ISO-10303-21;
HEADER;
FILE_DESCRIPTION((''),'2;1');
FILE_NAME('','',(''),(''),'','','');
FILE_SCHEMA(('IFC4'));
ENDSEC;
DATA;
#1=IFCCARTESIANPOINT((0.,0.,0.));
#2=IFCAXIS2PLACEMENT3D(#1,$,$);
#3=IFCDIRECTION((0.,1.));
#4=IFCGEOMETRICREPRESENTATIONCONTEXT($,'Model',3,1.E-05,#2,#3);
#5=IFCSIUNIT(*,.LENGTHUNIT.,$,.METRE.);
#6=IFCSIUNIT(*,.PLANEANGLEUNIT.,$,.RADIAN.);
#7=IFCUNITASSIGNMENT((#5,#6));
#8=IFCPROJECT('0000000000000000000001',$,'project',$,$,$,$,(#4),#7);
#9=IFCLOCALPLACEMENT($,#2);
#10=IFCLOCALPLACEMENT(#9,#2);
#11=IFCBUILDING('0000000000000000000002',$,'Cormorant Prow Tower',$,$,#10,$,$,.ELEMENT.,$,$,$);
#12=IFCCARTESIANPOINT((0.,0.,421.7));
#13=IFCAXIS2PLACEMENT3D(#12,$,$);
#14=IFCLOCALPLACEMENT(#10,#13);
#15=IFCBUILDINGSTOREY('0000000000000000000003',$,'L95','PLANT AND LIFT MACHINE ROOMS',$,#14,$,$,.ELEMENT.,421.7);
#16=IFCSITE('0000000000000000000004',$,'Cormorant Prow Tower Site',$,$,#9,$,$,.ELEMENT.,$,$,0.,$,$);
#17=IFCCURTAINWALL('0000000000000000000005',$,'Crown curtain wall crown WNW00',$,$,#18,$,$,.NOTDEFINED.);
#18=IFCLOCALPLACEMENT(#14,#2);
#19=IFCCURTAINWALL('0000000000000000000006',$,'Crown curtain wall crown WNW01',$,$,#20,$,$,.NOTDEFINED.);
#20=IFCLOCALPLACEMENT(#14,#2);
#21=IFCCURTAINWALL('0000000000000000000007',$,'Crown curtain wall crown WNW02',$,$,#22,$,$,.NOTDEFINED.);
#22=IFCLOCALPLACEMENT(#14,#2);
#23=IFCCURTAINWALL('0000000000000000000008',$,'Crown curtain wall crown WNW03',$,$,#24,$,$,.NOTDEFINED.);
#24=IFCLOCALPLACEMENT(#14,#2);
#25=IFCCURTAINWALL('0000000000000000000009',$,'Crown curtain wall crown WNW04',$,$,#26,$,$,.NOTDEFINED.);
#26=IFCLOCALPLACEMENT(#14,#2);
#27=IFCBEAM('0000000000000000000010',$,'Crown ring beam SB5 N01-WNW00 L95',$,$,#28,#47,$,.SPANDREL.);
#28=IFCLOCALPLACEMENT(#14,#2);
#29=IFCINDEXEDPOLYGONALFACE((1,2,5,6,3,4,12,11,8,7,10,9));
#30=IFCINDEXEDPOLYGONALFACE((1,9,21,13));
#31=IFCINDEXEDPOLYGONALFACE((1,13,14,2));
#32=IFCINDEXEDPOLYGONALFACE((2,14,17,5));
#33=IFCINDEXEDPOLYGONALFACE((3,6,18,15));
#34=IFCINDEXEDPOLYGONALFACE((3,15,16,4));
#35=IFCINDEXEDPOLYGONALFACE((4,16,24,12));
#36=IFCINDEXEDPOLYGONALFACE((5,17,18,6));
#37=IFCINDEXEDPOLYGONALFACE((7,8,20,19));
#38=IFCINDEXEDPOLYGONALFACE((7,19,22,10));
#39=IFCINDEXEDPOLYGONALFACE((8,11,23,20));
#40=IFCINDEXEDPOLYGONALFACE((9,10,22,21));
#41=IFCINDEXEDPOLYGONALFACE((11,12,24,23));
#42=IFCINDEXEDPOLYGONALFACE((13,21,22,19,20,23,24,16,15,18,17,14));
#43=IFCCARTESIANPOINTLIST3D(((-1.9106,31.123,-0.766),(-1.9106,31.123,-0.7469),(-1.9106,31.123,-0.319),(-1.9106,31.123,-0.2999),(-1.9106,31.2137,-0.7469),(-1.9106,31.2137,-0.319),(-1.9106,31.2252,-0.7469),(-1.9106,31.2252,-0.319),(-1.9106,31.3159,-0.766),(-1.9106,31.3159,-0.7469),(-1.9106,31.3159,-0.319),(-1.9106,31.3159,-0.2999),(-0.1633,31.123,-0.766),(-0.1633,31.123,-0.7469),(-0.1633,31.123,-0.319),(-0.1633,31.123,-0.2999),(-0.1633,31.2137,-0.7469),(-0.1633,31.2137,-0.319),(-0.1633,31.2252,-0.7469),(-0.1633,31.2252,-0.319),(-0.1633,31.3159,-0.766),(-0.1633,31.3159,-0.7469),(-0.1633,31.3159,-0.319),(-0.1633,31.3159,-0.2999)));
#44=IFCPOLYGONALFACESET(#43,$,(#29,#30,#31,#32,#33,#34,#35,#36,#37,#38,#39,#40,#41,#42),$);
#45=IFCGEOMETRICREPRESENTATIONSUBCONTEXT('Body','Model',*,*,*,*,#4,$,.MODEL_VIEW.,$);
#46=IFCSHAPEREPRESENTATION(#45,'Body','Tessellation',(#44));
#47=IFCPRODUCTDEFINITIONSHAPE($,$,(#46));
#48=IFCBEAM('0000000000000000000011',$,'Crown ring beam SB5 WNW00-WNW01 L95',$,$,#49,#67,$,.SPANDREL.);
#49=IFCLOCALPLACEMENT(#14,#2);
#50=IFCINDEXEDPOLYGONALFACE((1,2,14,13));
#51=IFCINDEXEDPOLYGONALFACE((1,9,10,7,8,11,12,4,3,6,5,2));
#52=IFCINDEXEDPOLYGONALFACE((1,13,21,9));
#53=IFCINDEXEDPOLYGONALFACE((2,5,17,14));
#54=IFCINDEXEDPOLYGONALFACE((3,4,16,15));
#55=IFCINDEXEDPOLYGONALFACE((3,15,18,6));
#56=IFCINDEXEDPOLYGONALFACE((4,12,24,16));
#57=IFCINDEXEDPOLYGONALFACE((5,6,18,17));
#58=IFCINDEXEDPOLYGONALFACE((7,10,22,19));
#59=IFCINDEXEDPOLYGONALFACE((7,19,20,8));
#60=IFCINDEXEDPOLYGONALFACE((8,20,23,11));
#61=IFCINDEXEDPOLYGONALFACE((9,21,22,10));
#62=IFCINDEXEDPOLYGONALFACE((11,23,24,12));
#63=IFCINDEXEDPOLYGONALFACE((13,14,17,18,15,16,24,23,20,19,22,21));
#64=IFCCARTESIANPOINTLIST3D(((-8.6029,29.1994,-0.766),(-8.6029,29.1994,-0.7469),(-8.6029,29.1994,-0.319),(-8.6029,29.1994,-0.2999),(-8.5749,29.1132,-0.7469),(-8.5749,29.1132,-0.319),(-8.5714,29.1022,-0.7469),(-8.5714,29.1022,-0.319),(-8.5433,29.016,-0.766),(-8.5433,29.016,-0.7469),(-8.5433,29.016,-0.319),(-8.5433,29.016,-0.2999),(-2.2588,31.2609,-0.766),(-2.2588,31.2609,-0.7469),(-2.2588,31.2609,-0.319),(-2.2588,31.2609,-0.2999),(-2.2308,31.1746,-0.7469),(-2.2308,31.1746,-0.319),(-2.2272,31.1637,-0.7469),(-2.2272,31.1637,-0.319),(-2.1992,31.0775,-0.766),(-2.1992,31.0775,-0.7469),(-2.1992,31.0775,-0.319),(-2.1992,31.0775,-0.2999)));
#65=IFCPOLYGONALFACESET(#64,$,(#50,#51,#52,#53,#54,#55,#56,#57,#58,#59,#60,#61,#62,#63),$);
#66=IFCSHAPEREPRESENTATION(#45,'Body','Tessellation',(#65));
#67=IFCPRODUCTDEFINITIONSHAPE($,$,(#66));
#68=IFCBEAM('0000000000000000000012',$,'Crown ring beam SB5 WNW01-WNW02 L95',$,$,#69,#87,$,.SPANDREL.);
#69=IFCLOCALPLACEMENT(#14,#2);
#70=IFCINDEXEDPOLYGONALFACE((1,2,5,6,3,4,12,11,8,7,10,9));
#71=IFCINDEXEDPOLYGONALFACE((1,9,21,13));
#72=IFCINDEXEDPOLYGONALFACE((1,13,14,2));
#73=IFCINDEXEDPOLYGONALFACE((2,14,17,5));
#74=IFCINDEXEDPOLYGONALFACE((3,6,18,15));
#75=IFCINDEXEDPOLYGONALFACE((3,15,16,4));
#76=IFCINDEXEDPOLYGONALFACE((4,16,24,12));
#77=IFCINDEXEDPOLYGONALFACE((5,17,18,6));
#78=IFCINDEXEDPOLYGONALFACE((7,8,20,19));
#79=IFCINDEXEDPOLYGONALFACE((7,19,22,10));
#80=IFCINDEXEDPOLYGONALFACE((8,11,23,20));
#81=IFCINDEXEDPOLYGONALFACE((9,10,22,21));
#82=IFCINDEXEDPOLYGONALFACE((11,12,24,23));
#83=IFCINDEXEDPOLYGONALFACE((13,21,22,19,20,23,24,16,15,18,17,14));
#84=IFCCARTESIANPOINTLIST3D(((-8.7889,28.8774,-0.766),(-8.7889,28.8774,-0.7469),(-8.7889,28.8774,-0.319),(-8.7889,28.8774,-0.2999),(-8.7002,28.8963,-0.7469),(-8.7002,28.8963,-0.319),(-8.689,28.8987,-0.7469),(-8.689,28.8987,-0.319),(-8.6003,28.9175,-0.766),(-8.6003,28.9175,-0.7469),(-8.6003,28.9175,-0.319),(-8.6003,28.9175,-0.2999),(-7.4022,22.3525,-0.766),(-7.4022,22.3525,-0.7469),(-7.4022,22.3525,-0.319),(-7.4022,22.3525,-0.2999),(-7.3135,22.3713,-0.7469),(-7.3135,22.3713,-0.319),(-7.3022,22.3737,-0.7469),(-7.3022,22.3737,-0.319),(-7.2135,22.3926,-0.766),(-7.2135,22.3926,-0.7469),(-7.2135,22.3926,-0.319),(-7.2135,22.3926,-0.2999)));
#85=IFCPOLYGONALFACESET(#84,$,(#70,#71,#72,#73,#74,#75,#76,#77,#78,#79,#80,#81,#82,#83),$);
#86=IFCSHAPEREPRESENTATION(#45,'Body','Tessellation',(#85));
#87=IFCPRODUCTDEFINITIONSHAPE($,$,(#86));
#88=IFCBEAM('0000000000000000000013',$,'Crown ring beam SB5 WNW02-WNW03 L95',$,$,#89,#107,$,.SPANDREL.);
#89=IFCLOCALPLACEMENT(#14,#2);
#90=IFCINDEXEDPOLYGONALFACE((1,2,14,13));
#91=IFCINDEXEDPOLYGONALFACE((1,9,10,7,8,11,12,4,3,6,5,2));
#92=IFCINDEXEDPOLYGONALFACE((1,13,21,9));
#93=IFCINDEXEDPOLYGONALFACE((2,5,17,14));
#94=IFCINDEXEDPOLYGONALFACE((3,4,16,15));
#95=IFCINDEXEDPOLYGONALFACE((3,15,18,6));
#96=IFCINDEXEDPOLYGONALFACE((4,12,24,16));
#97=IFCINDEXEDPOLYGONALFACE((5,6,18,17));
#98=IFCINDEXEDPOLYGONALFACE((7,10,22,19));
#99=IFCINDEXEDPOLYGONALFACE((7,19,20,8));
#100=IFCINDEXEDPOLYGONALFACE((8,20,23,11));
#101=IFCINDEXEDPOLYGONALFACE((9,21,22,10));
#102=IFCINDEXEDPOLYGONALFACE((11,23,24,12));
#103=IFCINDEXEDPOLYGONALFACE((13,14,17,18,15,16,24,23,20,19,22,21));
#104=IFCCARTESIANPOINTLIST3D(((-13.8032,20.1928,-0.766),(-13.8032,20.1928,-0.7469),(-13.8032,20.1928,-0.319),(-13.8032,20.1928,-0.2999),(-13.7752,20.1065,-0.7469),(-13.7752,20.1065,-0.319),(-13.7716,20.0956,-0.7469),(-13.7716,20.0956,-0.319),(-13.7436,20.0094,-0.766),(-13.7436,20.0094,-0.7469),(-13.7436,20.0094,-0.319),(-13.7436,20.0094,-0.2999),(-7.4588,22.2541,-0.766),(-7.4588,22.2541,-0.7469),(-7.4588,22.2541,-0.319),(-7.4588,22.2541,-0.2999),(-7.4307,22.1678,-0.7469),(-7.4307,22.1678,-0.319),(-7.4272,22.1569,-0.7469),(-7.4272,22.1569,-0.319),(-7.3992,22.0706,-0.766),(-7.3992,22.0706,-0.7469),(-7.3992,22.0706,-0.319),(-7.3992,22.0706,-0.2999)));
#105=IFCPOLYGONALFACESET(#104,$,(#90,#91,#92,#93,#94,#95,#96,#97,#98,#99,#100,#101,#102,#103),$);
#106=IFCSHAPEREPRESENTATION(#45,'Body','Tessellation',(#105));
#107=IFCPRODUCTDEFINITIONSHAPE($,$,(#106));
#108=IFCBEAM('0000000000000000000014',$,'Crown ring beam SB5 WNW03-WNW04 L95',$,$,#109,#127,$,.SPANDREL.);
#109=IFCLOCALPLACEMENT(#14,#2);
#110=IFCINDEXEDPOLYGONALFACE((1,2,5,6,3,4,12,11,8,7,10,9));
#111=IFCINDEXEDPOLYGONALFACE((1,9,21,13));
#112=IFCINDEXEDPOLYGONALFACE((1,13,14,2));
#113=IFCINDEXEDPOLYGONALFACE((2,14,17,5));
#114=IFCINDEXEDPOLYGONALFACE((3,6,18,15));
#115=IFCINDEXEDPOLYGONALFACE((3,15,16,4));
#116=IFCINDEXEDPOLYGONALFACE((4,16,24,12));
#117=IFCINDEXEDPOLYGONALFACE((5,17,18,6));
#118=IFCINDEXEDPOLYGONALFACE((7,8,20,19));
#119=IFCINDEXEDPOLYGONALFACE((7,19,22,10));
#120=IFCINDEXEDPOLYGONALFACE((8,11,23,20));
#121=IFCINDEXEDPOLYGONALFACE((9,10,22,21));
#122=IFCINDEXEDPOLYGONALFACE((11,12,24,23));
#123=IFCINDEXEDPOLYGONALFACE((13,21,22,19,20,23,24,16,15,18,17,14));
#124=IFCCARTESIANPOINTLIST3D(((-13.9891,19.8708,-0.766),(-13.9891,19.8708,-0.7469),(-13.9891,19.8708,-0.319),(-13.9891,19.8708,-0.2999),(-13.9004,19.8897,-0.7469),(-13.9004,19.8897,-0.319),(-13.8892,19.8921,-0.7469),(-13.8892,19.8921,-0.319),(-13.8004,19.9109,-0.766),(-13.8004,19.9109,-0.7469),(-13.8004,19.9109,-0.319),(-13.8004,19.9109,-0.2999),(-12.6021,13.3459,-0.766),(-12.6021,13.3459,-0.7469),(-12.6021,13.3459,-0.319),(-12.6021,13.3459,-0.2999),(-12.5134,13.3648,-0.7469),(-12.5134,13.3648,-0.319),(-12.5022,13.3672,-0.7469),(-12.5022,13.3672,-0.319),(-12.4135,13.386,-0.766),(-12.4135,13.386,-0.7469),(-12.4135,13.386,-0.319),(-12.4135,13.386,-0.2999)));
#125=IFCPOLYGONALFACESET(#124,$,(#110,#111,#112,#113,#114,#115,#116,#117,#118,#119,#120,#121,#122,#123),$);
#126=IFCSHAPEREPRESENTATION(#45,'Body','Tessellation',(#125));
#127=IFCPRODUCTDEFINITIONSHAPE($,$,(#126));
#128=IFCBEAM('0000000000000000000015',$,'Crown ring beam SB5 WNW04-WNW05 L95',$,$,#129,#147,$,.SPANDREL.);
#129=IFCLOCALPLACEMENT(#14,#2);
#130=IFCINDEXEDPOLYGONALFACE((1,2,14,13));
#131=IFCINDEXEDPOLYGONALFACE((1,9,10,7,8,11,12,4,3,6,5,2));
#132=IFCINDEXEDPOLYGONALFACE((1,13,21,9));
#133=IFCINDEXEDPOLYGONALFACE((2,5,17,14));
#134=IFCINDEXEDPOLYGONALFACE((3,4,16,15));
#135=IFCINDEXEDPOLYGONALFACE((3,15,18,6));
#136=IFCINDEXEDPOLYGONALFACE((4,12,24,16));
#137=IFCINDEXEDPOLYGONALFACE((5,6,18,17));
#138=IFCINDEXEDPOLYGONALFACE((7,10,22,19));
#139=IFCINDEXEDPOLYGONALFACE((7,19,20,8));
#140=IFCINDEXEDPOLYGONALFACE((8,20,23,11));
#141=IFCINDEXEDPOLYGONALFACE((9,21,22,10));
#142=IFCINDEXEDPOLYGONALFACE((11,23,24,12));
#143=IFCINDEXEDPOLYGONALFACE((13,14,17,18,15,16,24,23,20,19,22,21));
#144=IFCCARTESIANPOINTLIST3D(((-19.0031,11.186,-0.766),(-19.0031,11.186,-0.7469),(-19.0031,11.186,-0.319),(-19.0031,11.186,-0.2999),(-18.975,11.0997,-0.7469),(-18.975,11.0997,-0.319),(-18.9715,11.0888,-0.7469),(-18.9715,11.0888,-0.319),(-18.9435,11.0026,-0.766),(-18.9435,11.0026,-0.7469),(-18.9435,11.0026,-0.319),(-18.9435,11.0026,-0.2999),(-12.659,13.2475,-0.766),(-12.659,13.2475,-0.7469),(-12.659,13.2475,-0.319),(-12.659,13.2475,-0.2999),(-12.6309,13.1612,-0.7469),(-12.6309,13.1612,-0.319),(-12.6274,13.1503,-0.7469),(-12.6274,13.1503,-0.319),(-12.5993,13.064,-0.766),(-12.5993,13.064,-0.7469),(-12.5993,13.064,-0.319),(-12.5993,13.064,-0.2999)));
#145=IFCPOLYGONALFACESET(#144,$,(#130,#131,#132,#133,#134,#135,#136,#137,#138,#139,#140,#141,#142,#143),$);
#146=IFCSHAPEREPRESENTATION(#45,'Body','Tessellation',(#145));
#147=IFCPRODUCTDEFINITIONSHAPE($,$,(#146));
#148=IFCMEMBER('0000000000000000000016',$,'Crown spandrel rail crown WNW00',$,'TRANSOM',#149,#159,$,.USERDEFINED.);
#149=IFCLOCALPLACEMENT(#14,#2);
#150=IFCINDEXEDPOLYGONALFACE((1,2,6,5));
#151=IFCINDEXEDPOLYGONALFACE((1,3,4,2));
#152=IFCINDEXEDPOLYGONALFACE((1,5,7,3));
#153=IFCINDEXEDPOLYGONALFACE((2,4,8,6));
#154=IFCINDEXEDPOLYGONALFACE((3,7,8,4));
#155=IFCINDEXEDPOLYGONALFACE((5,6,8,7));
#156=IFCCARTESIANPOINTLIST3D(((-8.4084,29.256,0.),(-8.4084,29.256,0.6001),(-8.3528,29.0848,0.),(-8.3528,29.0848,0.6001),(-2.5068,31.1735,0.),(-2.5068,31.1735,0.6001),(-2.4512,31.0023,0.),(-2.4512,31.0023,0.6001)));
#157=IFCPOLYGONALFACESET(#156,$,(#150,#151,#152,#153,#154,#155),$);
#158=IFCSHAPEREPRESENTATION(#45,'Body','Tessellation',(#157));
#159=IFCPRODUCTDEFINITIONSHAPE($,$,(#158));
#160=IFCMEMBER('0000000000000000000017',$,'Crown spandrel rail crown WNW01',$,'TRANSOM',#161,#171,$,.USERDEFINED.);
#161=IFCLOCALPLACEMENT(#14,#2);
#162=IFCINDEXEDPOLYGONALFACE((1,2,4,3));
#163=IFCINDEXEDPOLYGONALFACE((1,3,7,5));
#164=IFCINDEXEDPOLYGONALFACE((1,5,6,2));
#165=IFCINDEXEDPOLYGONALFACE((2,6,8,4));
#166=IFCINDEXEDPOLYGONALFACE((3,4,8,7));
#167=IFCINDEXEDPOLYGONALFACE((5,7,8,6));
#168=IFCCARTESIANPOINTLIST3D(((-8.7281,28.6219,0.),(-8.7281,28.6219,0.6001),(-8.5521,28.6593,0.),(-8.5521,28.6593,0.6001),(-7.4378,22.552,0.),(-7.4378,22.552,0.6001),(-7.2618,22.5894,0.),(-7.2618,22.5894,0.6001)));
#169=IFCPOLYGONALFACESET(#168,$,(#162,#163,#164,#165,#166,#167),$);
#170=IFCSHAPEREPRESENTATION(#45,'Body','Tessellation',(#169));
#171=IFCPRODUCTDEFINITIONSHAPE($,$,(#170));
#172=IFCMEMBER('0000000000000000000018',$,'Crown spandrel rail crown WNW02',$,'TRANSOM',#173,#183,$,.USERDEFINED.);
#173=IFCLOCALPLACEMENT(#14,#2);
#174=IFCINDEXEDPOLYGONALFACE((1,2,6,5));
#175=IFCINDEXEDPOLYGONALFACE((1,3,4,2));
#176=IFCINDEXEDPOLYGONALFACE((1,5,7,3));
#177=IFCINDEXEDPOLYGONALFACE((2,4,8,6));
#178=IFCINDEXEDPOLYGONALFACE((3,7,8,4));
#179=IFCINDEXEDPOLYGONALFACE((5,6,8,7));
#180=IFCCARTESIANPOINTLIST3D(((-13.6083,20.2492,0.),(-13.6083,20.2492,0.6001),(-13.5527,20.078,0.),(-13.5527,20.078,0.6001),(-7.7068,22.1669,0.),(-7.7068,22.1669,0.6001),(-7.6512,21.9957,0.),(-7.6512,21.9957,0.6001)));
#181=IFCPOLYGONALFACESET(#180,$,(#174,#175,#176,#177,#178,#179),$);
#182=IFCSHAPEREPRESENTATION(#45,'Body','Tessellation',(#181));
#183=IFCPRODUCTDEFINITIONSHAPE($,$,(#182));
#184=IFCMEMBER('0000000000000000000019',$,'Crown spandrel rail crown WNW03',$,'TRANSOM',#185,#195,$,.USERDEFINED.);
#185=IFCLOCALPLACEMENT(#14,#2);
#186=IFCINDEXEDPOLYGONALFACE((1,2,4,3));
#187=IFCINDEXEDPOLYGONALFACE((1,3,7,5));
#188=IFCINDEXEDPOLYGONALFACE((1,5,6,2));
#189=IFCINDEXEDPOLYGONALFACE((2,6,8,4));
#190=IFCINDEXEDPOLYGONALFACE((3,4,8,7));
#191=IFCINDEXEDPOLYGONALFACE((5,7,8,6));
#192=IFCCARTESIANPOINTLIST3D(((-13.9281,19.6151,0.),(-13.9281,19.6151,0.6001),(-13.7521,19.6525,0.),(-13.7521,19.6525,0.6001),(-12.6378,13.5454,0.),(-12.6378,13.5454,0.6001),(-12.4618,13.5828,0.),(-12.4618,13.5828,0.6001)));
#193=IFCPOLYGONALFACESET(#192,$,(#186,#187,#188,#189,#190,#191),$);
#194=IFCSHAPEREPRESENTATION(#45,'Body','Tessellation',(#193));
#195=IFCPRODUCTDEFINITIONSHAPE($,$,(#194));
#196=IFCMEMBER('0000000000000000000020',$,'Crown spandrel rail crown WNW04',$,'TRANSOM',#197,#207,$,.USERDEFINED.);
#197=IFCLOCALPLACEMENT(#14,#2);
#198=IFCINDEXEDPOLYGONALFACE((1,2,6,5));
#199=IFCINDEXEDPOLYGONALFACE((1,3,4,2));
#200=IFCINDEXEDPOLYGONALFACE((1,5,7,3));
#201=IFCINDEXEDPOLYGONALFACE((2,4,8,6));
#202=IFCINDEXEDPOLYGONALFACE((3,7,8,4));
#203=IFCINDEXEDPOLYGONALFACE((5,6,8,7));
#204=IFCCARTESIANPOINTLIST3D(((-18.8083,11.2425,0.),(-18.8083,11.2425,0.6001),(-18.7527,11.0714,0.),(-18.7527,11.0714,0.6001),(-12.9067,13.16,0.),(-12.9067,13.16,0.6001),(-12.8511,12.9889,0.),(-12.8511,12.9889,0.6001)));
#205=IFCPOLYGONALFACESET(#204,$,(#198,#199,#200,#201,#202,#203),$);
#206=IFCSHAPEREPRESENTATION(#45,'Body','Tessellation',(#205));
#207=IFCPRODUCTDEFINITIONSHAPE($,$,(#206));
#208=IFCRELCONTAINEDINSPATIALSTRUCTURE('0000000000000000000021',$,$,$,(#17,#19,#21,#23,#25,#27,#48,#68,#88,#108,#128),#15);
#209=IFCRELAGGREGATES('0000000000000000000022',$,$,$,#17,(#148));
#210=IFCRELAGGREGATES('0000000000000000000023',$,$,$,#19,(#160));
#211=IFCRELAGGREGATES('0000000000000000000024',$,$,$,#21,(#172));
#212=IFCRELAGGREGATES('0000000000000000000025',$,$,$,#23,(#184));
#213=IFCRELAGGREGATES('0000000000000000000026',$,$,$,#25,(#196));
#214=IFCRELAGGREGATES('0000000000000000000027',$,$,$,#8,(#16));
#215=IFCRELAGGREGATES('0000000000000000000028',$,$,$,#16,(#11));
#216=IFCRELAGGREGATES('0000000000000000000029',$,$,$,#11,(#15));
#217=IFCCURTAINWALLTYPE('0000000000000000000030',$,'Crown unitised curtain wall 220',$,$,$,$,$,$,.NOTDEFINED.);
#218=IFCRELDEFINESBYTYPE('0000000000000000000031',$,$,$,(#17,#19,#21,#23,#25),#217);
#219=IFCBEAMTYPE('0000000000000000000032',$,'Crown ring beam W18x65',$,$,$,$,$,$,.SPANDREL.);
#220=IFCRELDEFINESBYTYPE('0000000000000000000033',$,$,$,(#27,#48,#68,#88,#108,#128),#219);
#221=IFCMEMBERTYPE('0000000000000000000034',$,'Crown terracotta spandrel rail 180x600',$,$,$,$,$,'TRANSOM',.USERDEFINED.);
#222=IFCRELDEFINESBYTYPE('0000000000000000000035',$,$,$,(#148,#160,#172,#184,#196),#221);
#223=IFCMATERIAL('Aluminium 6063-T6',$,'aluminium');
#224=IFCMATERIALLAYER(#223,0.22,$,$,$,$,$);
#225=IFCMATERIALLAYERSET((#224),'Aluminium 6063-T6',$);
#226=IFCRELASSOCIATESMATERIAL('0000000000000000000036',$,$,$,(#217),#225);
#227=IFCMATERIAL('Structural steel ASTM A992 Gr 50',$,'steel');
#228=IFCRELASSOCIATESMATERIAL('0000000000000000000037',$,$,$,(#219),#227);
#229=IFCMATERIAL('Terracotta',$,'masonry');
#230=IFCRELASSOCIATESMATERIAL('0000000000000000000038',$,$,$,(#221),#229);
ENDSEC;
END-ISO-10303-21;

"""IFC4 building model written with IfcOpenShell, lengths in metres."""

from ifc_helpers import new_model, si_unit, direction, frame, origin, origin_2d, place, context, subcontext, project, spatial, rectangle, i_section, extrude, material, layer, layer_set, material_profile, profile_set, type_object, element, aggregate, save


model = new_model("IFC4")

# Units and contexts
model_context = context("Model", 3, precision=1e-05, world=origin(), true_north=direction((0.0, 1.0)))
body_context = subcontext(model_context, "Body", "Model", "MODEL_VIEW")
ifc_project = project(units=[si_unit("LENGTHUNIT", "METRE"), si_unit("PLANEANGLEUNIT", "RADIAN")], contexts=[model_context])

# Site, building, storey
site_placement = place(None, origin())
site = spatial("IfcSite", under=ifc_project, at=site_placement, Name="Cormorant Prow Tower Site", CompositionType="ELEMENT", RefElevation=0.0)
building_placement = place(site_placement, origin())
building = spatial("IfcBuilding", under=site, at=building_placement, Name="Cormorant Prow Tower", CompositionType="ELEMENT")
storey_placement = place(building_placement, frame((0.0, 0.0, 421.7)))
storey = spatial("IfcBuildingStorey", under=building, at=storey_placement, Name="L95", Description="PLANT AND LIFT MACHINE ROOMS", CompositionType="ELEMENT", Elevation=421.7)

# Curtain walls
ifc_material_1 = material(Name="Aluminium 6063-T6", Category="aluminium")
ifc_layer_1 = layer(ifc_material_1, 0.22)
ifc_layer_set_1 = layer_set([ifc_layer_1], Name="Aluminium 6063-T6")
curtain_wall_type = type_object("IfcCurtainWallType", Name="Crown unitised curtain wall 220", PredefinedType="NOTDEFINED", material=ifc_layer_set_1)
curtain_wall_1_placement = place(storey_placement, origin())
curtain_wall_1 = element("IfcCurtainWall", 1, at=curtain_wall_1_placement, inside=storey, type_object=curtain_wall_type, Name="Crown curtain wall crown WNW00", PredefinedType="NOTDEFINED")
curtain_wall_2_placement = place(storey_placement, origin())
curtain_wall_2 = element("IfcCurtainWall", 2, at=curtain_wall_2_placement, inside=storey, type_object=curtain_wall_type, Name="Crown curtain wall crown WNW01", PredefinedType="NOTDEFINED")
curtain_wall_3_placement = place(storey_placement, origin())
curtain_wall_3 = element("IfcCurtainWall", 3, at=curtain_wall_3_placement, inside=storey, type_object=curtain_wall_type, Name="Crown curtain wall crown WNW02", PredefinedType="NOTDEFINED")
curtain_wall_4_placement = place(storey_placement, origin())
curtain_wall_4 = element("IfcCurtainWall", 4, at=curtain_wall_4_placement, inside=storey, type_object=curtain_wall_type, Name="Crown curtain wall crown WNW03", PredefinedType="NOTDEFINED")
curtain_wall_5_placement = place(storey_placement, origin())
curtain_wall_5 = element("IfcCurtainWall", 5, at=curtain_wall_5_placement, inside=storey, type_object=curtain_wall_type, Name="Crown curtain wall crown WNW04", PredefinedType="NOTDEFINED")

# Beams
ifc_material_2 = material(Name="Structural steel ASTM A992 Gr 50", Category="steel")
ifc_material_profile_1 = material_profile(ifc_material_2, i_section(OverallWidth=0.1929, OverallDepth=0.4661, WebThickness=0.0115, FlangeThickness=0.019, at=origin_2d()), Name="W18x65")
ifc_profile_set_1 = profile_set([ifc_material_profile_1], Name="Structural steel ASTM A992 Gr 50")
beam_type = type_object("IfcBeamType", Name="Crown ring beam W18x65", PredefinedType="SPANDREL", material=ifc_profile_set_1)
beam_1_placement = place(storey_placement, frame((-0.1633, 31.2195, -0.533), z_axis=(-1.0, 0.0, 0.0), x_axis=(0.0, -1.0, 0.0)))
element("IfcBeam", 6, at=beam_1_placement, inside=storey, type_object=beam_type, Name="Crown ring beam SB5 N01-WNW00 L95", PredefinedType="SPANDREL", context=body_context, shape_type="SweptSolid", body=[
    extrude(i_section(OverallWidth=0.1929, OverallDepth=0.4661, WebThickness=0.0115, FlangeThickness=0.019, at=origin_2d()), origin(), (0.0, 0.0, 1.0), 1.7473),
])
for number, where, z_axis, x_axis, name in (
    (7, (-2.229, 31.1692, -0.533), (-0.95105, -0.309038, 0.0), (0.309038, -0.95105, 0.0), "Crown ring beam SB5 WNW00-WNW01 L95"),
    (8, (-8.6946, 28.8975, -0.533), (0.207884, -0.978153, 0.0), (0.978153, 0.207884, 0.0), "Crown ring beam SB5 WNW01-WNW02 L95"),
):
    element("IfcBeam", number, at=place(storey_placement, frame(where, z_axis=z_axis, x_axis=x_axis)), inside=storey, type_object=beam_type, Name=name, PredefinedType="SPANDREL", context=body_context, shape_type="SweptSolid", body=[
        extrude(i_section(OverallWidth=0.1929, OverallDepth=0.4661, WebThickness=0.0115, FlangeThickness=0.019, at=origin_2d()), origin(), (0.0, 0.0, 1.0), 6.6707),
    ])
beam_2_placement = place(storey_placement, frame((-7.429, 22.1624, -0.533), z_axis=(-0.951064, -0.308994, 0.0), x_axis=(0.308994, -0.951064, 0.0)))
element("IfcBeam", 9, at=beam_2_placement, inside=storey, type_object=beam_type, Name="Crown ring beam SB5 WNW02-WNW03 L95", PredefinedType="SPANDREL", context=body_context, shape_type="SweptSolid", body=[
    extrude(i_section(OverallWidth=0.1929, OverallDepth=0.4661, WebThickness=0.0115, FlangeThickness=0.019, at=origin_2d()), origin(), (0.0, 0.0, 1.0), 6.6709),
])
for number, where, z_axis, x_axis, name in (
    (10, (-13.8948, 19.8909, -0.533), (0.207919, -0.978146, 0.0), (0.978146, 0.207919, 0.0), "Crown ring beam SB5 WNW03-WNW04 L95"),
    (11, (-12.6292, 13.1558, -0.533), (-0.95105, -0.309038, 0.0), (0.309038, -0.95105, 0.0), "Crown ring beam SB5 WNW04-WNW05 L95"),
):
    element("IfcBeam", number, at=place(storey_placement, frame(where, z_axis=z_axis, x_axis=x_axis)), inside=storey, type_object=beam_type, Name=name, PredefinedType="SPANDREL", context=body_context, shape_type="SweptSolid", body=[
        extrude(i_section(OverallWidth=0.1929, OverallDepth=0.4661, WebThickness=0.0115, FlangeThickness=0.019, at=origin_2d()), origin(), (0.0, 0.0, 1.0), 6.6707),
    ])

# Members
ifc_material_3 = material(Name="Terracotta", Category="masonry")
ifc_material_profile_2 = material_profile(ifc_material_3, rectangle(XDim=0.1799, YDim=0.6001, at=origin_2d()), Name="Crown terracotta spandrel rail 180x600")
ifc_profile_set_2 = profile_set([ifc_material_profile_2], Name="Terracotta")
member_type_1 = type_object("IfcMemberType", Name="Crown terracotta spandrel rail 180x600", ElementType="TRANSOM", PredefinedType="USERDEFINED", material=ifc_profile_set_2)
member_1_placement = place(storey_placement, frame((-2.479, 31.0879, 0.3), z_axis=(-0.95106, -0.309007, 0.0), x_axis=(0.309007, -0.95106, 0.0)))
member_1 = element("IfcMember", 12, at=member_1_placement, type_object=member_type_1, Name="Crown spandrel rail crown WNW00", ObjectType="TRANSOM", PredefinedType="USERDEFINED", context=body_context, shape_type="SweptSolid", body=[
    extrude(rectangle(XDim=0.1799, YDim=0.6001, at=origin_2d()), origin(), (0.0, 0.0, 1.0), 6.2053),
])
member_2_placement = place(storey_placement, frame((-8.6401, 28.6406, 0.3), z_axis=(0.207927, -0.978144, 0.0), x_axis=(0.978144, 0.207927, 0.0)))
member_2 = element("IfcMember", 13, at=member_2_placement, type_object=member_type_1, Name="Crown spandrel rail crown WNW01", ObjectType="TRANSOM", PredefinedType="USERDEFINED", context=body_context, shape_type="SweptSolid", body=[
    extrude(rectangle(XDim=0.1799, YDim=0.6001, at=origin_2d()), origin(), (0.0, 0.0, 1.0), 6.2056),
])
member_3_placement = place(storey_placement, frame((-7.679, 22.0813, 0.3), z_axis=(-0.951048, -0.309042, 0.0), x_axis=(0.309042, -0.951048, 0.0)))
member_3 = element("IfcMember", 14, at=member_3_placement, type_object=member_type_1, Name="Crown spandrel rail crown WNW02", ObjectType="TRANSOM", PredefinedType="USERDEFINED", context=body_context, shape_type="SweptSolid", body=[
    extrude(rectangle(XDim=0.1799, YDim=0.6001, at=origin_2d()), origin(), (0.0, 0.0, 1.0), 6.2053),
])
member_4_placement = place(storey_placement, frame((-13.8401, 19.6338, 0.3), z_axis=(0.207935, -0.978143, 0.0), x_axis=(0.978143, 0.207935, 0.0)))
member_4 = element("IfcMember", 15, at=member_4_placement, type_object=member_type_1, Name="Crown spandrel rail crown WNW03", ObjectType="TRANSOM", PredefinedType="USERDEFINED", context=body_context, shape_type="SweptSolid", body=[
    extrude(rectangle(XDim=0.1799, YDim=0.6001, at=origin_2d()), origin(), (0.0, 0.0, 1.0), 6.2053),
])
member_5_placement = place(storey_placement, frame((-12.8789, 13.0745, 0.3), z_axis=(-0.95106, -0.309007, 0.0), x_axis=(0.309007, -0.95106, 0.0)))
member_5 = element("IfcMember", 16, at=member_5_placement, type_object=member_type_1, Name="Crown spandrel rail crown WNW04", ObjectType="TRANSOM", PredefinedType="USERDEFINED", context=body_context, shape_type="SweptSolid", body=[
    extrude(rectangle(XDim=0.1799, YDim=0.6001, at=origin_2d()), origin(), (0.0, 0.0, 1.0), 6.2053),
])

aggregate(curtain_wall_1, [member_1])
aggregate(curtain_wall_2, [member_2])
aggregate(curtain_wall_3, [member_3])
aggregate(curtain_wall_4, [member_4])
aggregate(curtain_wall_5, [member_5])

save(model, "model.ifc")
